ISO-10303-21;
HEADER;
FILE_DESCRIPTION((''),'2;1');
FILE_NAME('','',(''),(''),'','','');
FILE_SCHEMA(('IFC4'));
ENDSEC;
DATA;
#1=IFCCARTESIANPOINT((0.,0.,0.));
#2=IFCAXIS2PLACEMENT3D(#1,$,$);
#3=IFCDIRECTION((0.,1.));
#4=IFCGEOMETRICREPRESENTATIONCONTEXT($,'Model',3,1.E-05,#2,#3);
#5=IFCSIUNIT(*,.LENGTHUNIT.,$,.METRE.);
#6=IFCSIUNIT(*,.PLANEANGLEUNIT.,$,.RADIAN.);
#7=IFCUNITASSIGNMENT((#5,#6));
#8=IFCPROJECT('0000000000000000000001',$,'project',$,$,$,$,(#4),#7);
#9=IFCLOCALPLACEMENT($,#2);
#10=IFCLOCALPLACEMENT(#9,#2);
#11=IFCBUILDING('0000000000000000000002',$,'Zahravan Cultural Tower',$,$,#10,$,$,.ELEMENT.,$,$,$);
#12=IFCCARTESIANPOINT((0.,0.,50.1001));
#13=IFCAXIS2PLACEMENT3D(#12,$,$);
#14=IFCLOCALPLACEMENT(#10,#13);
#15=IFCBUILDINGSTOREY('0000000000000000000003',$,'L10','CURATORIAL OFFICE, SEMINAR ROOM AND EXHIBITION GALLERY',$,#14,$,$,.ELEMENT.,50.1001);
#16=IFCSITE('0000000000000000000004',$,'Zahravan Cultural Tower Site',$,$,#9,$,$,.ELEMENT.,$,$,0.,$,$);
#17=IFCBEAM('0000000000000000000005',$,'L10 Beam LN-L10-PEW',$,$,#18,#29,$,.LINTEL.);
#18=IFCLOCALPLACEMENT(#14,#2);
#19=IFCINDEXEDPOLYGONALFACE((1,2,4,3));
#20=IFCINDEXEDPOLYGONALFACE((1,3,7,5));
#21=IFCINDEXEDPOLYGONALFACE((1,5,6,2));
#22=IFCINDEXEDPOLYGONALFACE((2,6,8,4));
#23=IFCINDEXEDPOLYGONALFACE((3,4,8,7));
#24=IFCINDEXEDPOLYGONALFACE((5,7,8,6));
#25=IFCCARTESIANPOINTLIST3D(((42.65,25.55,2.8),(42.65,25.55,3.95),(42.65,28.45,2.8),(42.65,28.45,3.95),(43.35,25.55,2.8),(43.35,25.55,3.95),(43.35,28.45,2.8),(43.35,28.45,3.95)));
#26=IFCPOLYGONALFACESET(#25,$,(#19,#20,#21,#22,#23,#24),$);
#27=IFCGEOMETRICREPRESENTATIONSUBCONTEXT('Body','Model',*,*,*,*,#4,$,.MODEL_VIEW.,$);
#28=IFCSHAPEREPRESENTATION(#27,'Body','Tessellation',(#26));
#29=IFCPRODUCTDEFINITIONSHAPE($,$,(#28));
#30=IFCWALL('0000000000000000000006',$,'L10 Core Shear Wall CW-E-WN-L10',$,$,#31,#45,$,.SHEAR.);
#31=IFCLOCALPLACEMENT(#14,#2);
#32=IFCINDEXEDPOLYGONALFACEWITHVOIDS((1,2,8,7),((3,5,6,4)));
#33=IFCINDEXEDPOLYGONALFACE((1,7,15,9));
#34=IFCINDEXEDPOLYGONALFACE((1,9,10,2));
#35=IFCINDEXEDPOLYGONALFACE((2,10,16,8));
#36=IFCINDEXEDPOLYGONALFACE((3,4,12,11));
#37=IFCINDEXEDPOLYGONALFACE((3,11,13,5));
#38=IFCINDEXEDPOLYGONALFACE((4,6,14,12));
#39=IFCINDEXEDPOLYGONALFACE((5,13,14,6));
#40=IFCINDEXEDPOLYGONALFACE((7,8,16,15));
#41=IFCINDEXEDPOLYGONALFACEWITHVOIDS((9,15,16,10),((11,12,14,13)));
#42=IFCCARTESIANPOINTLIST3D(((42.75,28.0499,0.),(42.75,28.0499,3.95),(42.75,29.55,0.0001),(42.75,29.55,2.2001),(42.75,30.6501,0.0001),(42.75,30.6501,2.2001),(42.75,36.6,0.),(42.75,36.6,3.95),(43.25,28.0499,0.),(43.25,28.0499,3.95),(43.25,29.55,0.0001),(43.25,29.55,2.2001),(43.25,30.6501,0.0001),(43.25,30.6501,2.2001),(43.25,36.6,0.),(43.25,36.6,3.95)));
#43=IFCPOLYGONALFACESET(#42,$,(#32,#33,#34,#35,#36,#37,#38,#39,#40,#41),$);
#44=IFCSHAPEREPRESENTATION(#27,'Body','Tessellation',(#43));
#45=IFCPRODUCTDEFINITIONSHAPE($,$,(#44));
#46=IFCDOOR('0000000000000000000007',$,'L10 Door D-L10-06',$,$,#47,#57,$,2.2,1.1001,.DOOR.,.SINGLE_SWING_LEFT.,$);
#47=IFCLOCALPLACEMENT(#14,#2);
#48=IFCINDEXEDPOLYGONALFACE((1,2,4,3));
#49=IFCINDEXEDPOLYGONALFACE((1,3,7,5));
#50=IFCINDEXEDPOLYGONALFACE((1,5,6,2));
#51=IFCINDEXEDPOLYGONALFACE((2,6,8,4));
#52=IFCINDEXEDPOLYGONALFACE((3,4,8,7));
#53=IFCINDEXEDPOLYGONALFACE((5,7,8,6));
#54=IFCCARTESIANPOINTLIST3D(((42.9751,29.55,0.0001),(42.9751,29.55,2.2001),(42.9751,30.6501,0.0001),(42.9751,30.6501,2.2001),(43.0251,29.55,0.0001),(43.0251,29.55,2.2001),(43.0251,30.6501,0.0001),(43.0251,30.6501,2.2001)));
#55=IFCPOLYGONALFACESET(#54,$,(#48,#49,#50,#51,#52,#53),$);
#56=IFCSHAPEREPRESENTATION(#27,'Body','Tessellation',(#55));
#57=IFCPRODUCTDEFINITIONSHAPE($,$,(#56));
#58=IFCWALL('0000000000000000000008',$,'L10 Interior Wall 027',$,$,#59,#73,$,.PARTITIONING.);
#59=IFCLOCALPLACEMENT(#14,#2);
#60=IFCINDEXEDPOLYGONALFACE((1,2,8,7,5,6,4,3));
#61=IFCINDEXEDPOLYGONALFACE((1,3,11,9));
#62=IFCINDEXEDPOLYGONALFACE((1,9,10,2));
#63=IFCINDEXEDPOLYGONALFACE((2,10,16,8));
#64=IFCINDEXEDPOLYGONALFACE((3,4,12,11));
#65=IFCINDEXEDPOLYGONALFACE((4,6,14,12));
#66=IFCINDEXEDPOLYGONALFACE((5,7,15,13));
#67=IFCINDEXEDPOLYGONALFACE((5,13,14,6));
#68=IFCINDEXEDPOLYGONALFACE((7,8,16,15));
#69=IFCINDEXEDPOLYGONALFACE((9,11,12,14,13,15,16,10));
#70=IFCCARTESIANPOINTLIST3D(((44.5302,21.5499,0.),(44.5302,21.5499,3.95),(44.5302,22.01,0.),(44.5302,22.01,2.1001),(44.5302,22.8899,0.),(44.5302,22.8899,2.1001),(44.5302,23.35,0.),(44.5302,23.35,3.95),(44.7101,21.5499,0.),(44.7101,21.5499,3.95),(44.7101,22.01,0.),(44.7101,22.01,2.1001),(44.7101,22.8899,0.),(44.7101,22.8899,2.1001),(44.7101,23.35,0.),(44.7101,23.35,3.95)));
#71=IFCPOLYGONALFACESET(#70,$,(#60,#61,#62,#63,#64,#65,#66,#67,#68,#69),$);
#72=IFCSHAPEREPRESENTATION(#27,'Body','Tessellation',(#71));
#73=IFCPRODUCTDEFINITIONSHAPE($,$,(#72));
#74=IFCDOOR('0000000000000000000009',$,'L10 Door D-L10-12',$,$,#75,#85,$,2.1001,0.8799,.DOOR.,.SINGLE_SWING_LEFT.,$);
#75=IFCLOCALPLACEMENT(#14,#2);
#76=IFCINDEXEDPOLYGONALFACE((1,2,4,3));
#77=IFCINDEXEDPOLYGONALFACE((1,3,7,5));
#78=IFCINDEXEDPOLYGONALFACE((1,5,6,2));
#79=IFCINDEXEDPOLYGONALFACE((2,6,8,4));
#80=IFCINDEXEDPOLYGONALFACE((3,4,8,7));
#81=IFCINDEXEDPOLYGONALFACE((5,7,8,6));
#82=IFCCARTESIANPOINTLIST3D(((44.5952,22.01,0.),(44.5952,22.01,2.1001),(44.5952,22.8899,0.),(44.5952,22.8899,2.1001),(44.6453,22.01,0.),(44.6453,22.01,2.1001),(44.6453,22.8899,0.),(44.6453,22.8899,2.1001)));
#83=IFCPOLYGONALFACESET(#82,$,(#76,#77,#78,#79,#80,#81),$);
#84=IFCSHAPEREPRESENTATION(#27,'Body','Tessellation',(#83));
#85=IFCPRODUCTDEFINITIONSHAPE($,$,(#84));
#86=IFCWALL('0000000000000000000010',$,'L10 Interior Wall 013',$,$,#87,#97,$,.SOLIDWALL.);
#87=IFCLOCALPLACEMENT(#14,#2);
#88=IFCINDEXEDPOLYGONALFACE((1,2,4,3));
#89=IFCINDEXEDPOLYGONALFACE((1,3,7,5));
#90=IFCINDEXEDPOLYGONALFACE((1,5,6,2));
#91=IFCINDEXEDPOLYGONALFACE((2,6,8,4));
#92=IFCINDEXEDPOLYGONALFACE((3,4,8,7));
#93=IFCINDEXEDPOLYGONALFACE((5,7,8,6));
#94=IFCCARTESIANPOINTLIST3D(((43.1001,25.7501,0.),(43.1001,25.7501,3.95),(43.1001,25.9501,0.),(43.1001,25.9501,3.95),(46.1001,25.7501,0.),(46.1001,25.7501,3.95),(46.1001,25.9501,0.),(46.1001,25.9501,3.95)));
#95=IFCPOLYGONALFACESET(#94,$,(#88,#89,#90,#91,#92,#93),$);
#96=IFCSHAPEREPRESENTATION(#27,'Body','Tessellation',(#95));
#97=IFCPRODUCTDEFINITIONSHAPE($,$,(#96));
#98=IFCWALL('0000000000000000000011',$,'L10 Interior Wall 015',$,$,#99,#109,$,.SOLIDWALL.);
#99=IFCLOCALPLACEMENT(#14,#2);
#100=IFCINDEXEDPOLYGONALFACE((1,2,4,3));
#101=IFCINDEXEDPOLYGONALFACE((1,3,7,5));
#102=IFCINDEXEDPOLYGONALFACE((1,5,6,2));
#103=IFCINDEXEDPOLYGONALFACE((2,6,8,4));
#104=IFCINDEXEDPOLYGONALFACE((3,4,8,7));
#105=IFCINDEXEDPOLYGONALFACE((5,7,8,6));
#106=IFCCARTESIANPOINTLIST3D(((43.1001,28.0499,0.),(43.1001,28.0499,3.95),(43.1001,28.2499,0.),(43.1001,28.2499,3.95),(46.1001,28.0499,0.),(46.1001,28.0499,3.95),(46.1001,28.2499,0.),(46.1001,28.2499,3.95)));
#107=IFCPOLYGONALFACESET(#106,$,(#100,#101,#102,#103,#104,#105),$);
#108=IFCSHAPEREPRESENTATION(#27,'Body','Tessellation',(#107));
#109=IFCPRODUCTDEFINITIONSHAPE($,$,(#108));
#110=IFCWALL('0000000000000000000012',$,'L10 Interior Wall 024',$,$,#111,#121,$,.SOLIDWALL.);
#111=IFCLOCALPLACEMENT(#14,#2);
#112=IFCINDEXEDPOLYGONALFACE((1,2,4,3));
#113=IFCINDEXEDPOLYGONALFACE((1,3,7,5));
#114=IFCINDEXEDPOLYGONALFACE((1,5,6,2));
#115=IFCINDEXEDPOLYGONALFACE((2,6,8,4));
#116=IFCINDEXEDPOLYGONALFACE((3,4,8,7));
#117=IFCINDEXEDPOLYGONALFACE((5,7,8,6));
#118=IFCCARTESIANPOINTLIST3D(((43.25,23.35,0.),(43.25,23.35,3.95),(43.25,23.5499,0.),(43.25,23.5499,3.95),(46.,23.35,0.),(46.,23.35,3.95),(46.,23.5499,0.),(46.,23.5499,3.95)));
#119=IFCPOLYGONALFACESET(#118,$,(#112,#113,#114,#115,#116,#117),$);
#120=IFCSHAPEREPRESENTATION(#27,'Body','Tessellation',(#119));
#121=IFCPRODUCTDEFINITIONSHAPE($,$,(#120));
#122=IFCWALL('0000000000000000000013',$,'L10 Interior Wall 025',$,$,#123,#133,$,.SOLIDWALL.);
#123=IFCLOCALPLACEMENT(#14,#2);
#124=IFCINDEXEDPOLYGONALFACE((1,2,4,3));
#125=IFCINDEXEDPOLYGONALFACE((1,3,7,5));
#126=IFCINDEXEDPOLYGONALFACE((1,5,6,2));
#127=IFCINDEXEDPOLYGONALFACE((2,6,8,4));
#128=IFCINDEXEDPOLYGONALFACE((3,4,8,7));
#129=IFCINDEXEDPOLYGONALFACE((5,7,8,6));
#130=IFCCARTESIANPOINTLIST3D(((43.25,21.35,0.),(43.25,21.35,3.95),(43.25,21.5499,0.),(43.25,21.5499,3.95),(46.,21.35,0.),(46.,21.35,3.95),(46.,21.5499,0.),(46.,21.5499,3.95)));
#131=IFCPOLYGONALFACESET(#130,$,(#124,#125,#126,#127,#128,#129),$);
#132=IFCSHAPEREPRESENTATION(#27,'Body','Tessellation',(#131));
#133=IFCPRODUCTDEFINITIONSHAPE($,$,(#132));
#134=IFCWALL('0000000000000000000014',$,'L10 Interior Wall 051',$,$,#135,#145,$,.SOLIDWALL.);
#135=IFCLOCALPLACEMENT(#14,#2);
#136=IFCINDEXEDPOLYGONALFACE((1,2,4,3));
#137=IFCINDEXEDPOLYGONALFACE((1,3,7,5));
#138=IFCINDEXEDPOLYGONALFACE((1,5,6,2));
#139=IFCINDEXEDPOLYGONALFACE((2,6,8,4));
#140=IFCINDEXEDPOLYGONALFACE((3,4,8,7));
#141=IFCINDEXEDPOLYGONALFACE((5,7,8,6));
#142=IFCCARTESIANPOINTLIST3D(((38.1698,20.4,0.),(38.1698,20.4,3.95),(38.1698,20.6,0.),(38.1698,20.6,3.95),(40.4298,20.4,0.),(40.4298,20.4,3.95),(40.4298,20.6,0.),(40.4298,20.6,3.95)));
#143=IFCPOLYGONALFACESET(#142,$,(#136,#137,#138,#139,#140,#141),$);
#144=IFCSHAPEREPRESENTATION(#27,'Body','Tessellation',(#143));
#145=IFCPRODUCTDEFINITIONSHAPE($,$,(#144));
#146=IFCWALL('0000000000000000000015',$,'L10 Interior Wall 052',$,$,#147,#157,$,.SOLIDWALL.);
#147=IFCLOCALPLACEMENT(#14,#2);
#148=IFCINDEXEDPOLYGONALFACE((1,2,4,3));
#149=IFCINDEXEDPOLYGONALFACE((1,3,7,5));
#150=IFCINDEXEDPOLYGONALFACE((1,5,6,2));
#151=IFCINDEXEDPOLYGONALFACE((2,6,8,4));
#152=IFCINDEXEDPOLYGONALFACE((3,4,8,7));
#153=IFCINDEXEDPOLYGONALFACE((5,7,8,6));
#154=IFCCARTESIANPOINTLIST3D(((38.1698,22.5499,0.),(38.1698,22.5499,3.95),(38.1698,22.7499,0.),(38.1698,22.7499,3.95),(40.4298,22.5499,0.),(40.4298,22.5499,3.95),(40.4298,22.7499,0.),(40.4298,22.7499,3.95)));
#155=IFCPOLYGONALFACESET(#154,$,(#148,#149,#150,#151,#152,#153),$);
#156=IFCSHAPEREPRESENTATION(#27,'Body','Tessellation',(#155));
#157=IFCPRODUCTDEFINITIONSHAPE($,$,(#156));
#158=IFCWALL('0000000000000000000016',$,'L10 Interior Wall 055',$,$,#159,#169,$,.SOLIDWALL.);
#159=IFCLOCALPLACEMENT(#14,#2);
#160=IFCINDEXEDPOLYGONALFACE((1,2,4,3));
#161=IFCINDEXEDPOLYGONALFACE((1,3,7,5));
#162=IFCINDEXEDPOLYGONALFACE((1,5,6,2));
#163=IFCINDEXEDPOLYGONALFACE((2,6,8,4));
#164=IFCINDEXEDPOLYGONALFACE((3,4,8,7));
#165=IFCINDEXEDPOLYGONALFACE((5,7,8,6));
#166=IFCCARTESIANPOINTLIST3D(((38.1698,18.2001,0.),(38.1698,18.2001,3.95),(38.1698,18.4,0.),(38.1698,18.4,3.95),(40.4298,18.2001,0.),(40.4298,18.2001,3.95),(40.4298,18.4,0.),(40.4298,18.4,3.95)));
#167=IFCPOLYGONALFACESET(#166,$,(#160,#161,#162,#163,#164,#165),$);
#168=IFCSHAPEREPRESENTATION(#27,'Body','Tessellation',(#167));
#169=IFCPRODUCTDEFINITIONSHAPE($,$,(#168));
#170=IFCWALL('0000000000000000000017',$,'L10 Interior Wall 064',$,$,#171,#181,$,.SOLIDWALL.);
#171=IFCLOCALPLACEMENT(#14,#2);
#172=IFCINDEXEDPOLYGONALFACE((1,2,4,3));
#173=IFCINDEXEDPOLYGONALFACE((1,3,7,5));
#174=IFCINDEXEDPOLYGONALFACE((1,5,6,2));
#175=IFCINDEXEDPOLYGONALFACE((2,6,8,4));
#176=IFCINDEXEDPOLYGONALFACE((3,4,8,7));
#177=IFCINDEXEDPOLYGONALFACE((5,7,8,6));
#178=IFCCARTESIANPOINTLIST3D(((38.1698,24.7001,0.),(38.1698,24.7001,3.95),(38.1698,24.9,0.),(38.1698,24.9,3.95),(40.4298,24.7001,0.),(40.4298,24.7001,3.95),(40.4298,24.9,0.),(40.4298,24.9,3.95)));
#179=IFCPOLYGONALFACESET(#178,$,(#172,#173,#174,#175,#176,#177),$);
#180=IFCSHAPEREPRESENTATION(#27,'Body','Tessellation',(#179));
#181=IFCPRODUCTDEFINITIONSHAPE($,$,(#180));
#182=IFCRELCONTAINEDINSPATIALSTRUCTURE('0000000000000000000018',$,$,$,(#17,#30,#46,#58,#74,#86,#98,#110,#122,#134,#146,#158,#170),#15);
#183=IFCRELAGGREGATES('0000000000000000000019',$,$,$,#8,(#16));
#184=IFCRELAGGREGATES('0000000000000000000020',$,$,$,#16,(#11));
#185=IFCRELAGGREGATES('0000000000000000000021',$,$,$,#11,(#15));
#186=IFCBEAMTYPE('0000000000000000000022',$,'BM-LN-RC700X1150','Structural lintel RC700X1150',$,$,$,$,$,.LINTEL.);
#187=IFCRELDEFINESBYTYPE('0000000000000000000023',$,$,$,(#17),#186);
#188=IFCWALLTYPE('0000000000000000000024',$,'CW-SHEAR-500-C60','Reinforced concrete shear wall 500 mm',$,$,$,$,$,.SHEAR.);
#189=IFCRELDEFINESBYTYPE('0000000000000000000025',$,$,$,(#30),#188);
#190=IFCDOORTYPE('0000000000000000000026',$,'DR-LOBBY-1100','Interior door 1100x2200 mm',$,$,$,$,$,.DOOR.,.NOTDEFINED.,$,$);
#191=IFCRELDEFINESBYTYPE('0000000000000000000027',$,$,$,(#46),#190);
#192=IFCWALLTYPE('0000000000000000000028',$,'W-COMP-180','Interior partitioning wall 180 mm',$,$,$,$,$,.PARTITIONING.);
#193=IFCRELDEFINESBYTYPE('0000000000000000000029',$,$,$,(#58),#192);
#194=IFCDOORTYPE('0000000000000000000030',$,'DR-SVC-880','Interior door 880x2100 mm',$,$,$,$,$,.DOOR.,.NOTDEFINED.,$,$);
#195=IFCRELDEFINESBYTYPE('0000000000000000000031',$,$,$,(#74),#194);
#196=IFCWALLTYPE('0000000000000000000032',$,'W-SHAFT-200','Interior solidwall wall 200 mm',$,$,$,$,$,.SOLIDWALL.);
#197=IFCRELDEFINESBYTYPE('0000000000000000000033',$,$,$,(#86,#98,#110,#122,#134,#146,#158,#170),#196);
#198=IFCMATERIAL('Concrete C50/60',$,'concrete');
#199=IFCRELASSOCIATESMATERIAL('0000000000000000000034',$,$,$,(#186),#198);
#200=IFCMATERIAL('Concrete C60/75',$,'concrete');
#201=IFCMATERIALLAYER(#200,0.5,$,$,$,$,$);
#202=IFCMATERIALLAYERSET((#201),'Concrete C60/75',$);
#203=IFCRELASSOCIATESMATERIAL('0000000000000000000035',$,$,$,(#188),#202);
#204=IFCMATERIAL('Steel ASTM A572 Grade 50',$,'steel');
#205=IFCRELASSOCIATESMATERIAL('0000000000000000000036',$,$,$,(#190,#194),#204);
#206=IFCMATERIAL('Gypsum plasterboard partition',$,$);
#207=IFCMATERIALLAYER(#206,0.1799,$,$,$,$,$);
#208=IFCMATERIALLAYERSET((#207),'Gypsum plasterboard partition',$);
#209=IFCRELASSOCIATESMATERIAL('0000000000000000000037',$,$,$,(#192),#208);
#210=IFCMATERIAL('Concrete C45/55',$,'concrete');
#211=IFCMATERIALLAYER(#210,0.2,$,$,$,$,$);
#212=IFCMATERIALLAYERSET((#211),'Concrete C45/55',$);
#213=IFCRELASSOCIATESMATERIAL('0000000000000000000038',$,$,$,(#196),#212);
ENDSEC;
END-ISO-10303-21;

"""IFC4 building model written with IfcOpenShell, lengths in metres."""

from ifc_helpers import new_model, si_unit, direction, frame, frame_2d, origin, origin_2d, place, context, subcontext, project, spatial, rectangle, extrude, source, transform, mapped, material, layer, layer_set, material_profile, profile_set, type_object, element, fill, save


model = new_model("IFC4")

# Units and contexts
model_context = context("Model", 3, precision=1e-05, world=origin(), true_north=direction((0.0, 1.0)))
body_context = subcontext(model_context, "Body", "Model", "MODEL_VIEW")
ifc_project = project(units=[si_unit("LENGTHUNIT", "METRE"), si_unit("PLANEANGLEUNIT", "RADIAN")], contexts=[model_context])

# Site, building, storey
site_placement = place(None, origin())
site = spatial("IfcSite", under=ifc_project, at=site_placement, Name="Zahravan Cultural Tower Site", CompositionType="ELEMENT", RefElevation=0.0)
building_placement = place(site_placement, origin())
building = spatial("IfcBuilding", under=site, at=building_placement, Name="Zahravan Cultural Tower", CompositionType="ELEMENT")
storey_placement = place(building_placement, frame((0.0, 0.0, 50.1001)))
storey = spatial("IfcBuildingStorey", under=building, at=storey_placement, Name="L10", Description="CURATORIAL OFFICE, SEMINAR ROOM AND EXHIBITION GALLERY", CompositionType="ELEMENT", Elevation=50.1001)

# Beam
ifc_material_1 = material(Name="Concrete C50/60", Category="concrete")
ifc_material_profile = material_profile(ifc_material_1, rectangle(XDim=0.7, YDim=1.1499, at=origin_2d()), Name="RC700X1150")
ifc_profile_set = profile_set([ifc_material_profile], Name="Concrete C50/60")
beam_type = type_object("IfcBeamType", Name="BM-LN-RC700X1150", Description="Structural lintel RC700X1150", PredefinedType="LINTEL", material=ifc_profile_set)
shared_shape_1 = source(origin(), body_context, "Body", "SweptSolid", [
    extrude(rectangle(XDim=0.7, YDim=1.1499, at=origin_2d()), origin(), (0.0, 0.0, 1.0), 2.8999),
])
beam_placement = place(storey_placement, frame((43.0, 25.55, 3.375), z_axis=(0.0, 1.0, 0.0), x_axis=(-1.0, 0.0, 0.0)))
element("IfcBeam", 1, at=beam_placement, inside=storey, type_object=beam_type, Name="L10 Beam LN-L10-PEW", PredefinedType="LINTEL", context=body_context, shape_type="MappedRepresentation", body=[
    mapped(shared_shape_1, transform((0.0, 0.0, 0.0), x_axis=(1.0, 0.0, 0.0), y_axis=(0.0, 1.0, 0.0), z_axis=(0.0, 0.0, 1.0), scale=1.0)),
])

# Walls, openings, doors
ifc_material_2 = material(Name="Concrete C60/75", Category="concrete")
ifc_layer_1 = layer(ifc_material_2, 0.5)
ifc_layer_set_1 = layer_set([ifc_layer_1], Name="Concrete C60/75")
wall_type_1 = type_object("IfcWallType", Name="CW-SHEAR-500-C60", Description="Reinforced concrete shear wall 500 mm", PredefinedType="SHEAR", material=ifc_layer_set_1)
wall_1_placement = place(storey_placement, frame((43.0, 28.05, 0.0), z_axis=(0.0, 0.0, 1.0), x_axis=(0.0, 1.0, 0.0)))
wall_1 = element("IfcWall", 2, at=wall_1_placement, inside=storey, type_object=wall_type_1, Name="L10 Core Shear Wall CW-E-WN-L10", PredefinedType="SHEAR", context=body_context, shape_type="SweptSolid", body=[
    extrude(rectangle(XDim=8.55, YDim=0.5, at=frame_2d((4.2749, 0.0))), origin(), (0.0, 0.0, 1.0), 3.95),
])
opening_1_placement = place(wall_1_placement, frame((1.5, 0.0, 0.0)))
opening_1 = element("IfcOpeningElement", 3, at=opening_1_placement, cuts=wall_1, PredefinedType="OPENING", context=body_context, shape_type="SweptSolid", body=[
    extrude(rectangle(XDim=1.1001, YDim=2.2, at=frame_2d((0.55, 1.1001))), frame((0.0, 0.26, 0.0), z_axis=(0.0, -1.0, 0.0), x_axis=(1.0, 0.0, 0.0)), (0.0, 0.0, 1.0), 0.52),
])
ifc_material_3 = material(Name="Steel ASTM A572 Grade 50", Category="steel")
door_type_1 = type_object("IfcDoorType", Name="DR-LOBBY-1100", Description="Interior door 1100x2200 mm", OperationType="NOTDEFINED", PredefinedType="DOOR", material=ifc_material_3)
shared_shape_2 = source(origin(), body_context, "Body", "SweptSolid", [
    extrude(rectangle(XDim=1.1001, YDim=2.2, at=frame_2d((0.55, 1.1001))), frame((0.0, 0.0249, 0.0), z_axis=(0.0, -1.0, 0.0), x_axis=(1.0, 0.0, 0.0)), (0.0, 0.0, 1.0), 0.05),
])
door_1_placement = place(opening_1_placement, origin())
door_1 = element("IfcDoor", 4, at=door_1_placement, inside=storey, type_object=door_type_1, Name="L10 Door D-L10-06", OperationType="SINGLE_SWING_LEFT", OverallHeight=2.2, OverallWidth=1.1001, PredefinedType="DOOR", context=body_context, shape_type="MappedRepresentation", body=[
    mapped(shared_shape_2, transform((0.0, 0.0, 0.0), x_axis=(1.0, 0.0, 0.0), y_axis=(0.0, 1.0, 0.0), z_axis=(0.0, 0.0, 1.0), scale=1.0)),
])
fill(opening_1, door_1)
ifc_material_4 = material(Name="Gypsum plasterboard partition")
ifc_layer_2 = layer(ifc_material_4, 0.1799)
ifc_layer_set_2 = layer_set([ifc_layer_2], Name="Gypsum plasterboard partition")
wall_type_2 = type_object("IfcWallType", Name="W-COMP-180", Description="Interior partitioning wall 180 mm", PredefinedType="PARTITIONING", material=ifc_layer_set_2)
wall_2_placement = place(storey_placement, frame((44.6201, 21.55, 0.0), z_axis=(0.0, 0.0, 1.0), x_axis=(0.0, 1.0, 0.0)))
wall_2 = element("IfcWall", 5, at=wall_2_placement, inside=storey, type_object=wall_type_2, Name="L10 Interior Wall 027", PredefinedType="PARTITIONING", context=body_context, shape_type="SweptSolid", body=[
    extrude(rectangle(XDim=1.8, YDim=0.1799, at=frame_2d((0.8999, 0.0))), origin(), (0.0, 0.0, 1.0), 3.95),
])
opening_2_placement = place(wall_2_placement, frame((0.46, 0.0, 0.0)))
opening_2 = element("IfcOpeningElement", 6, at=opening_2_placement, cuts=wall_2, PredefinedType="OPENING", context=body_context, shape_type="SweptSolid", body=[
    extrude(rectangle(XDim=0.8799, YDim=2.1001, at=frame_2d((0.4399, 1.05))), frame((0.0, 0.0999, 0.0), z_axis=(0.0, -1.0, 0.0), x_axis=(1.0, 0.0, 0.0)), (0.0, 0.0, 1.0), 0.2),
])
door_type_2 = type_object("IfcDoorType", Name="DR-SVC-880", Description="Interior door 880x2100 mm", OperationType="NOTDEFINED", PredefinedType="DOOR", material=ifc_material_3)
shared_shape_3 = source(origin(), body_context, "Body", "SweptSolid", [
    extrude(rectangle(XDim=0.8799, YDim=2.1001, at=frame_2d((0.4399, 1.05))), frame((0.0, 0.0249, 0.0), z_axis=(0.0, -1.0, 0.0), x_axis=(1.0, 0.0, 0.0)), (0.0, 0.0, 1.0), 0.05),
])
door_2_placement = place(opening_2_placement, origin())
door_2 = element("IfcDoor", 7, at=door_2_placement, inside=storey, type_object=door_type_2, Name="L10 Door D-L10-12", OperationType="SINGLE_SWING_LEFT", OverallHeight=2.1001, OverallWidth=0.8799, PredefinedType="DOOR", context=body_context, shape_type="MappedRepresentation", body=[
    mapped(shared_shape_3, transform((0.0, 0.0, 0.0), x_axis=(1.0, 0.0, 0.0), y_axis=(0.0, 1.0, 0.0), z_axis=(0.0, 0.0, 1.0), scale=1.0)),
])
fill(opening_2, door_2)
ifc_material_5 = material(Name="Concrete C45/55", Category="concrete")
ifc_layer_3 = layer(ifc_material_5, 0.2)
ifc_layer_set_3 = layer_set([ifc_layer_3], Name="Concrete C45/55")
wall_type_3 = type_object("IfcWallType", Name="W-SHAFT-200", Description="Interior solidwall wall 200 mm", PredefinedType="SOLIDWALL", material=ifc_layer_set_3)

# Walls
shared_shape_4 = source(origin(), body_context, "Body", "SweptSolid", [
    extrude(rectangle(XDim=3.0, YDim=0.2, at=frame_2d((1.5, 0.0))), origin(), (0.0, 0.0, 1.0), 3.95),
])
for number, where, z_axis, x_axis, name in (
    (8, (43.1001, 25.8501, 0.0), (0.0, 0.0, 1.0), (1.0, 0.0, 0.0), "L10 Interior Wall 013"),
    (9, (43.1001, 28.1499, 0.0), (0.0, 0.0, 1.0), (1.0, 0.0, 0.0), "L10 Interior Wall 015"),
):
    element("IfcWall", number, at=place(storey_placement, frame(where, z_axis=z_axis, x_axis=x_axis)), inside=storey, type_object=wall_type_3, Name=name, PredefinedType="SOLIDWALL", context=body_context, shape_type="MappedRepresentation", body=[
        mapped(shared_shape_4, transform((0.0, 0.0, 0.0), x_axis=(1.0, 0.0, 0.0), y_axis=(0.0, 1.0, 0.0), z_axis=(0.0, 0.0, 1.0), scale=1.0)),
    ])
shared_shape_5 = source(origin(), body_context, "Body", "SweptSolid", [
    extrude(rectangle(XDim=2.75, YDim=0.2, at=frame_2d((1.375, 0.0))), origin(), (0.0, 0.0, 1.0), 3.95),
])
for number, where, z_axis, x_axis, name in (
    (10, (43.25, 23.45, 0.0), (0.0, 0.0, 1.0), (1.0, 0.0, 0.0), "L10 Interior Wall 024"),
    (11, (43.25, 21.45, 0.0), (0.0, 0.0, 1.0), (1.0, 0.0, 0.0), "L10 Interior Wall 025"),
):
    element("IfcWall", number, at=place(storey_placement, frame(where, z_axis=z_axis, x_axis=x_axis)), inside=storey, type_object=wall_type_3, Name=name, PredefinedType="SOLIDWALL", context=body_context, shape_type="MappedRepresentation", body=[
        mapped(shared_shape_5, transform((0.0, 0.0, 0.0), x_axis=(1.0, 0.0, 0.0), y_axis=(0.0, 1.0, 0.0), z_axis=(0.0, 0.0, 1.0), scale=1.0)),
    ])
shared_shape_6 = source(origin(), body_context, "Body", "SweptSolid", [
    extrude(rectangle(XDim=2.26, YDim=0.2, at=frame_2d((1.1299, 0.0))), origin(), (0.0, 0.0, 1.0), 3.95),
])
for number, where, z_axis, x_axis, name in (
    (12, (38.1699, 20.5, 0.0), (0.0, 0.0, 1.0), (1.0, 0.0, 0.0), "L10 Interior Wall 051"),
    (13, (38.1699, 22.6499, 0.0), (0.0, 0.0, 1.0), (1.0, 0.0, 0.0), "L10 Interior Wall 052"),
    (14, (38.1699, 18.3, 0.0), (0.0, 0.0, 1.0), (1.0, 0.0, 0.0), "L10 Interior Wall 055"),
    (15, (38.1699, 24.8, 0.0), (0.0, 0.0, 1.0), (1.0, 0.0, 0.0), "L10 Interior Wall 064"),
):
    element("IfcWall", number, at=place(storey_placement, frame(where, z_axis=z_axis, x_axis=x_axis)), inside=storey, type_object=wall_type_3, Name=name, PredefinedType="SOLIDWALL", context=body_context, shape_type="MappedRepresentation", body=[
        mapped(shared_shape_6, transform((0.0, 0.0, 0.0), x_axis=(1.0, 0.0, 0.0), y_axis=(0.0, 1.0, 0.0), z_axis=(0.0, 0.0, 1.0), scale=1.0)),
    ])

save(model, "model.ifc")
